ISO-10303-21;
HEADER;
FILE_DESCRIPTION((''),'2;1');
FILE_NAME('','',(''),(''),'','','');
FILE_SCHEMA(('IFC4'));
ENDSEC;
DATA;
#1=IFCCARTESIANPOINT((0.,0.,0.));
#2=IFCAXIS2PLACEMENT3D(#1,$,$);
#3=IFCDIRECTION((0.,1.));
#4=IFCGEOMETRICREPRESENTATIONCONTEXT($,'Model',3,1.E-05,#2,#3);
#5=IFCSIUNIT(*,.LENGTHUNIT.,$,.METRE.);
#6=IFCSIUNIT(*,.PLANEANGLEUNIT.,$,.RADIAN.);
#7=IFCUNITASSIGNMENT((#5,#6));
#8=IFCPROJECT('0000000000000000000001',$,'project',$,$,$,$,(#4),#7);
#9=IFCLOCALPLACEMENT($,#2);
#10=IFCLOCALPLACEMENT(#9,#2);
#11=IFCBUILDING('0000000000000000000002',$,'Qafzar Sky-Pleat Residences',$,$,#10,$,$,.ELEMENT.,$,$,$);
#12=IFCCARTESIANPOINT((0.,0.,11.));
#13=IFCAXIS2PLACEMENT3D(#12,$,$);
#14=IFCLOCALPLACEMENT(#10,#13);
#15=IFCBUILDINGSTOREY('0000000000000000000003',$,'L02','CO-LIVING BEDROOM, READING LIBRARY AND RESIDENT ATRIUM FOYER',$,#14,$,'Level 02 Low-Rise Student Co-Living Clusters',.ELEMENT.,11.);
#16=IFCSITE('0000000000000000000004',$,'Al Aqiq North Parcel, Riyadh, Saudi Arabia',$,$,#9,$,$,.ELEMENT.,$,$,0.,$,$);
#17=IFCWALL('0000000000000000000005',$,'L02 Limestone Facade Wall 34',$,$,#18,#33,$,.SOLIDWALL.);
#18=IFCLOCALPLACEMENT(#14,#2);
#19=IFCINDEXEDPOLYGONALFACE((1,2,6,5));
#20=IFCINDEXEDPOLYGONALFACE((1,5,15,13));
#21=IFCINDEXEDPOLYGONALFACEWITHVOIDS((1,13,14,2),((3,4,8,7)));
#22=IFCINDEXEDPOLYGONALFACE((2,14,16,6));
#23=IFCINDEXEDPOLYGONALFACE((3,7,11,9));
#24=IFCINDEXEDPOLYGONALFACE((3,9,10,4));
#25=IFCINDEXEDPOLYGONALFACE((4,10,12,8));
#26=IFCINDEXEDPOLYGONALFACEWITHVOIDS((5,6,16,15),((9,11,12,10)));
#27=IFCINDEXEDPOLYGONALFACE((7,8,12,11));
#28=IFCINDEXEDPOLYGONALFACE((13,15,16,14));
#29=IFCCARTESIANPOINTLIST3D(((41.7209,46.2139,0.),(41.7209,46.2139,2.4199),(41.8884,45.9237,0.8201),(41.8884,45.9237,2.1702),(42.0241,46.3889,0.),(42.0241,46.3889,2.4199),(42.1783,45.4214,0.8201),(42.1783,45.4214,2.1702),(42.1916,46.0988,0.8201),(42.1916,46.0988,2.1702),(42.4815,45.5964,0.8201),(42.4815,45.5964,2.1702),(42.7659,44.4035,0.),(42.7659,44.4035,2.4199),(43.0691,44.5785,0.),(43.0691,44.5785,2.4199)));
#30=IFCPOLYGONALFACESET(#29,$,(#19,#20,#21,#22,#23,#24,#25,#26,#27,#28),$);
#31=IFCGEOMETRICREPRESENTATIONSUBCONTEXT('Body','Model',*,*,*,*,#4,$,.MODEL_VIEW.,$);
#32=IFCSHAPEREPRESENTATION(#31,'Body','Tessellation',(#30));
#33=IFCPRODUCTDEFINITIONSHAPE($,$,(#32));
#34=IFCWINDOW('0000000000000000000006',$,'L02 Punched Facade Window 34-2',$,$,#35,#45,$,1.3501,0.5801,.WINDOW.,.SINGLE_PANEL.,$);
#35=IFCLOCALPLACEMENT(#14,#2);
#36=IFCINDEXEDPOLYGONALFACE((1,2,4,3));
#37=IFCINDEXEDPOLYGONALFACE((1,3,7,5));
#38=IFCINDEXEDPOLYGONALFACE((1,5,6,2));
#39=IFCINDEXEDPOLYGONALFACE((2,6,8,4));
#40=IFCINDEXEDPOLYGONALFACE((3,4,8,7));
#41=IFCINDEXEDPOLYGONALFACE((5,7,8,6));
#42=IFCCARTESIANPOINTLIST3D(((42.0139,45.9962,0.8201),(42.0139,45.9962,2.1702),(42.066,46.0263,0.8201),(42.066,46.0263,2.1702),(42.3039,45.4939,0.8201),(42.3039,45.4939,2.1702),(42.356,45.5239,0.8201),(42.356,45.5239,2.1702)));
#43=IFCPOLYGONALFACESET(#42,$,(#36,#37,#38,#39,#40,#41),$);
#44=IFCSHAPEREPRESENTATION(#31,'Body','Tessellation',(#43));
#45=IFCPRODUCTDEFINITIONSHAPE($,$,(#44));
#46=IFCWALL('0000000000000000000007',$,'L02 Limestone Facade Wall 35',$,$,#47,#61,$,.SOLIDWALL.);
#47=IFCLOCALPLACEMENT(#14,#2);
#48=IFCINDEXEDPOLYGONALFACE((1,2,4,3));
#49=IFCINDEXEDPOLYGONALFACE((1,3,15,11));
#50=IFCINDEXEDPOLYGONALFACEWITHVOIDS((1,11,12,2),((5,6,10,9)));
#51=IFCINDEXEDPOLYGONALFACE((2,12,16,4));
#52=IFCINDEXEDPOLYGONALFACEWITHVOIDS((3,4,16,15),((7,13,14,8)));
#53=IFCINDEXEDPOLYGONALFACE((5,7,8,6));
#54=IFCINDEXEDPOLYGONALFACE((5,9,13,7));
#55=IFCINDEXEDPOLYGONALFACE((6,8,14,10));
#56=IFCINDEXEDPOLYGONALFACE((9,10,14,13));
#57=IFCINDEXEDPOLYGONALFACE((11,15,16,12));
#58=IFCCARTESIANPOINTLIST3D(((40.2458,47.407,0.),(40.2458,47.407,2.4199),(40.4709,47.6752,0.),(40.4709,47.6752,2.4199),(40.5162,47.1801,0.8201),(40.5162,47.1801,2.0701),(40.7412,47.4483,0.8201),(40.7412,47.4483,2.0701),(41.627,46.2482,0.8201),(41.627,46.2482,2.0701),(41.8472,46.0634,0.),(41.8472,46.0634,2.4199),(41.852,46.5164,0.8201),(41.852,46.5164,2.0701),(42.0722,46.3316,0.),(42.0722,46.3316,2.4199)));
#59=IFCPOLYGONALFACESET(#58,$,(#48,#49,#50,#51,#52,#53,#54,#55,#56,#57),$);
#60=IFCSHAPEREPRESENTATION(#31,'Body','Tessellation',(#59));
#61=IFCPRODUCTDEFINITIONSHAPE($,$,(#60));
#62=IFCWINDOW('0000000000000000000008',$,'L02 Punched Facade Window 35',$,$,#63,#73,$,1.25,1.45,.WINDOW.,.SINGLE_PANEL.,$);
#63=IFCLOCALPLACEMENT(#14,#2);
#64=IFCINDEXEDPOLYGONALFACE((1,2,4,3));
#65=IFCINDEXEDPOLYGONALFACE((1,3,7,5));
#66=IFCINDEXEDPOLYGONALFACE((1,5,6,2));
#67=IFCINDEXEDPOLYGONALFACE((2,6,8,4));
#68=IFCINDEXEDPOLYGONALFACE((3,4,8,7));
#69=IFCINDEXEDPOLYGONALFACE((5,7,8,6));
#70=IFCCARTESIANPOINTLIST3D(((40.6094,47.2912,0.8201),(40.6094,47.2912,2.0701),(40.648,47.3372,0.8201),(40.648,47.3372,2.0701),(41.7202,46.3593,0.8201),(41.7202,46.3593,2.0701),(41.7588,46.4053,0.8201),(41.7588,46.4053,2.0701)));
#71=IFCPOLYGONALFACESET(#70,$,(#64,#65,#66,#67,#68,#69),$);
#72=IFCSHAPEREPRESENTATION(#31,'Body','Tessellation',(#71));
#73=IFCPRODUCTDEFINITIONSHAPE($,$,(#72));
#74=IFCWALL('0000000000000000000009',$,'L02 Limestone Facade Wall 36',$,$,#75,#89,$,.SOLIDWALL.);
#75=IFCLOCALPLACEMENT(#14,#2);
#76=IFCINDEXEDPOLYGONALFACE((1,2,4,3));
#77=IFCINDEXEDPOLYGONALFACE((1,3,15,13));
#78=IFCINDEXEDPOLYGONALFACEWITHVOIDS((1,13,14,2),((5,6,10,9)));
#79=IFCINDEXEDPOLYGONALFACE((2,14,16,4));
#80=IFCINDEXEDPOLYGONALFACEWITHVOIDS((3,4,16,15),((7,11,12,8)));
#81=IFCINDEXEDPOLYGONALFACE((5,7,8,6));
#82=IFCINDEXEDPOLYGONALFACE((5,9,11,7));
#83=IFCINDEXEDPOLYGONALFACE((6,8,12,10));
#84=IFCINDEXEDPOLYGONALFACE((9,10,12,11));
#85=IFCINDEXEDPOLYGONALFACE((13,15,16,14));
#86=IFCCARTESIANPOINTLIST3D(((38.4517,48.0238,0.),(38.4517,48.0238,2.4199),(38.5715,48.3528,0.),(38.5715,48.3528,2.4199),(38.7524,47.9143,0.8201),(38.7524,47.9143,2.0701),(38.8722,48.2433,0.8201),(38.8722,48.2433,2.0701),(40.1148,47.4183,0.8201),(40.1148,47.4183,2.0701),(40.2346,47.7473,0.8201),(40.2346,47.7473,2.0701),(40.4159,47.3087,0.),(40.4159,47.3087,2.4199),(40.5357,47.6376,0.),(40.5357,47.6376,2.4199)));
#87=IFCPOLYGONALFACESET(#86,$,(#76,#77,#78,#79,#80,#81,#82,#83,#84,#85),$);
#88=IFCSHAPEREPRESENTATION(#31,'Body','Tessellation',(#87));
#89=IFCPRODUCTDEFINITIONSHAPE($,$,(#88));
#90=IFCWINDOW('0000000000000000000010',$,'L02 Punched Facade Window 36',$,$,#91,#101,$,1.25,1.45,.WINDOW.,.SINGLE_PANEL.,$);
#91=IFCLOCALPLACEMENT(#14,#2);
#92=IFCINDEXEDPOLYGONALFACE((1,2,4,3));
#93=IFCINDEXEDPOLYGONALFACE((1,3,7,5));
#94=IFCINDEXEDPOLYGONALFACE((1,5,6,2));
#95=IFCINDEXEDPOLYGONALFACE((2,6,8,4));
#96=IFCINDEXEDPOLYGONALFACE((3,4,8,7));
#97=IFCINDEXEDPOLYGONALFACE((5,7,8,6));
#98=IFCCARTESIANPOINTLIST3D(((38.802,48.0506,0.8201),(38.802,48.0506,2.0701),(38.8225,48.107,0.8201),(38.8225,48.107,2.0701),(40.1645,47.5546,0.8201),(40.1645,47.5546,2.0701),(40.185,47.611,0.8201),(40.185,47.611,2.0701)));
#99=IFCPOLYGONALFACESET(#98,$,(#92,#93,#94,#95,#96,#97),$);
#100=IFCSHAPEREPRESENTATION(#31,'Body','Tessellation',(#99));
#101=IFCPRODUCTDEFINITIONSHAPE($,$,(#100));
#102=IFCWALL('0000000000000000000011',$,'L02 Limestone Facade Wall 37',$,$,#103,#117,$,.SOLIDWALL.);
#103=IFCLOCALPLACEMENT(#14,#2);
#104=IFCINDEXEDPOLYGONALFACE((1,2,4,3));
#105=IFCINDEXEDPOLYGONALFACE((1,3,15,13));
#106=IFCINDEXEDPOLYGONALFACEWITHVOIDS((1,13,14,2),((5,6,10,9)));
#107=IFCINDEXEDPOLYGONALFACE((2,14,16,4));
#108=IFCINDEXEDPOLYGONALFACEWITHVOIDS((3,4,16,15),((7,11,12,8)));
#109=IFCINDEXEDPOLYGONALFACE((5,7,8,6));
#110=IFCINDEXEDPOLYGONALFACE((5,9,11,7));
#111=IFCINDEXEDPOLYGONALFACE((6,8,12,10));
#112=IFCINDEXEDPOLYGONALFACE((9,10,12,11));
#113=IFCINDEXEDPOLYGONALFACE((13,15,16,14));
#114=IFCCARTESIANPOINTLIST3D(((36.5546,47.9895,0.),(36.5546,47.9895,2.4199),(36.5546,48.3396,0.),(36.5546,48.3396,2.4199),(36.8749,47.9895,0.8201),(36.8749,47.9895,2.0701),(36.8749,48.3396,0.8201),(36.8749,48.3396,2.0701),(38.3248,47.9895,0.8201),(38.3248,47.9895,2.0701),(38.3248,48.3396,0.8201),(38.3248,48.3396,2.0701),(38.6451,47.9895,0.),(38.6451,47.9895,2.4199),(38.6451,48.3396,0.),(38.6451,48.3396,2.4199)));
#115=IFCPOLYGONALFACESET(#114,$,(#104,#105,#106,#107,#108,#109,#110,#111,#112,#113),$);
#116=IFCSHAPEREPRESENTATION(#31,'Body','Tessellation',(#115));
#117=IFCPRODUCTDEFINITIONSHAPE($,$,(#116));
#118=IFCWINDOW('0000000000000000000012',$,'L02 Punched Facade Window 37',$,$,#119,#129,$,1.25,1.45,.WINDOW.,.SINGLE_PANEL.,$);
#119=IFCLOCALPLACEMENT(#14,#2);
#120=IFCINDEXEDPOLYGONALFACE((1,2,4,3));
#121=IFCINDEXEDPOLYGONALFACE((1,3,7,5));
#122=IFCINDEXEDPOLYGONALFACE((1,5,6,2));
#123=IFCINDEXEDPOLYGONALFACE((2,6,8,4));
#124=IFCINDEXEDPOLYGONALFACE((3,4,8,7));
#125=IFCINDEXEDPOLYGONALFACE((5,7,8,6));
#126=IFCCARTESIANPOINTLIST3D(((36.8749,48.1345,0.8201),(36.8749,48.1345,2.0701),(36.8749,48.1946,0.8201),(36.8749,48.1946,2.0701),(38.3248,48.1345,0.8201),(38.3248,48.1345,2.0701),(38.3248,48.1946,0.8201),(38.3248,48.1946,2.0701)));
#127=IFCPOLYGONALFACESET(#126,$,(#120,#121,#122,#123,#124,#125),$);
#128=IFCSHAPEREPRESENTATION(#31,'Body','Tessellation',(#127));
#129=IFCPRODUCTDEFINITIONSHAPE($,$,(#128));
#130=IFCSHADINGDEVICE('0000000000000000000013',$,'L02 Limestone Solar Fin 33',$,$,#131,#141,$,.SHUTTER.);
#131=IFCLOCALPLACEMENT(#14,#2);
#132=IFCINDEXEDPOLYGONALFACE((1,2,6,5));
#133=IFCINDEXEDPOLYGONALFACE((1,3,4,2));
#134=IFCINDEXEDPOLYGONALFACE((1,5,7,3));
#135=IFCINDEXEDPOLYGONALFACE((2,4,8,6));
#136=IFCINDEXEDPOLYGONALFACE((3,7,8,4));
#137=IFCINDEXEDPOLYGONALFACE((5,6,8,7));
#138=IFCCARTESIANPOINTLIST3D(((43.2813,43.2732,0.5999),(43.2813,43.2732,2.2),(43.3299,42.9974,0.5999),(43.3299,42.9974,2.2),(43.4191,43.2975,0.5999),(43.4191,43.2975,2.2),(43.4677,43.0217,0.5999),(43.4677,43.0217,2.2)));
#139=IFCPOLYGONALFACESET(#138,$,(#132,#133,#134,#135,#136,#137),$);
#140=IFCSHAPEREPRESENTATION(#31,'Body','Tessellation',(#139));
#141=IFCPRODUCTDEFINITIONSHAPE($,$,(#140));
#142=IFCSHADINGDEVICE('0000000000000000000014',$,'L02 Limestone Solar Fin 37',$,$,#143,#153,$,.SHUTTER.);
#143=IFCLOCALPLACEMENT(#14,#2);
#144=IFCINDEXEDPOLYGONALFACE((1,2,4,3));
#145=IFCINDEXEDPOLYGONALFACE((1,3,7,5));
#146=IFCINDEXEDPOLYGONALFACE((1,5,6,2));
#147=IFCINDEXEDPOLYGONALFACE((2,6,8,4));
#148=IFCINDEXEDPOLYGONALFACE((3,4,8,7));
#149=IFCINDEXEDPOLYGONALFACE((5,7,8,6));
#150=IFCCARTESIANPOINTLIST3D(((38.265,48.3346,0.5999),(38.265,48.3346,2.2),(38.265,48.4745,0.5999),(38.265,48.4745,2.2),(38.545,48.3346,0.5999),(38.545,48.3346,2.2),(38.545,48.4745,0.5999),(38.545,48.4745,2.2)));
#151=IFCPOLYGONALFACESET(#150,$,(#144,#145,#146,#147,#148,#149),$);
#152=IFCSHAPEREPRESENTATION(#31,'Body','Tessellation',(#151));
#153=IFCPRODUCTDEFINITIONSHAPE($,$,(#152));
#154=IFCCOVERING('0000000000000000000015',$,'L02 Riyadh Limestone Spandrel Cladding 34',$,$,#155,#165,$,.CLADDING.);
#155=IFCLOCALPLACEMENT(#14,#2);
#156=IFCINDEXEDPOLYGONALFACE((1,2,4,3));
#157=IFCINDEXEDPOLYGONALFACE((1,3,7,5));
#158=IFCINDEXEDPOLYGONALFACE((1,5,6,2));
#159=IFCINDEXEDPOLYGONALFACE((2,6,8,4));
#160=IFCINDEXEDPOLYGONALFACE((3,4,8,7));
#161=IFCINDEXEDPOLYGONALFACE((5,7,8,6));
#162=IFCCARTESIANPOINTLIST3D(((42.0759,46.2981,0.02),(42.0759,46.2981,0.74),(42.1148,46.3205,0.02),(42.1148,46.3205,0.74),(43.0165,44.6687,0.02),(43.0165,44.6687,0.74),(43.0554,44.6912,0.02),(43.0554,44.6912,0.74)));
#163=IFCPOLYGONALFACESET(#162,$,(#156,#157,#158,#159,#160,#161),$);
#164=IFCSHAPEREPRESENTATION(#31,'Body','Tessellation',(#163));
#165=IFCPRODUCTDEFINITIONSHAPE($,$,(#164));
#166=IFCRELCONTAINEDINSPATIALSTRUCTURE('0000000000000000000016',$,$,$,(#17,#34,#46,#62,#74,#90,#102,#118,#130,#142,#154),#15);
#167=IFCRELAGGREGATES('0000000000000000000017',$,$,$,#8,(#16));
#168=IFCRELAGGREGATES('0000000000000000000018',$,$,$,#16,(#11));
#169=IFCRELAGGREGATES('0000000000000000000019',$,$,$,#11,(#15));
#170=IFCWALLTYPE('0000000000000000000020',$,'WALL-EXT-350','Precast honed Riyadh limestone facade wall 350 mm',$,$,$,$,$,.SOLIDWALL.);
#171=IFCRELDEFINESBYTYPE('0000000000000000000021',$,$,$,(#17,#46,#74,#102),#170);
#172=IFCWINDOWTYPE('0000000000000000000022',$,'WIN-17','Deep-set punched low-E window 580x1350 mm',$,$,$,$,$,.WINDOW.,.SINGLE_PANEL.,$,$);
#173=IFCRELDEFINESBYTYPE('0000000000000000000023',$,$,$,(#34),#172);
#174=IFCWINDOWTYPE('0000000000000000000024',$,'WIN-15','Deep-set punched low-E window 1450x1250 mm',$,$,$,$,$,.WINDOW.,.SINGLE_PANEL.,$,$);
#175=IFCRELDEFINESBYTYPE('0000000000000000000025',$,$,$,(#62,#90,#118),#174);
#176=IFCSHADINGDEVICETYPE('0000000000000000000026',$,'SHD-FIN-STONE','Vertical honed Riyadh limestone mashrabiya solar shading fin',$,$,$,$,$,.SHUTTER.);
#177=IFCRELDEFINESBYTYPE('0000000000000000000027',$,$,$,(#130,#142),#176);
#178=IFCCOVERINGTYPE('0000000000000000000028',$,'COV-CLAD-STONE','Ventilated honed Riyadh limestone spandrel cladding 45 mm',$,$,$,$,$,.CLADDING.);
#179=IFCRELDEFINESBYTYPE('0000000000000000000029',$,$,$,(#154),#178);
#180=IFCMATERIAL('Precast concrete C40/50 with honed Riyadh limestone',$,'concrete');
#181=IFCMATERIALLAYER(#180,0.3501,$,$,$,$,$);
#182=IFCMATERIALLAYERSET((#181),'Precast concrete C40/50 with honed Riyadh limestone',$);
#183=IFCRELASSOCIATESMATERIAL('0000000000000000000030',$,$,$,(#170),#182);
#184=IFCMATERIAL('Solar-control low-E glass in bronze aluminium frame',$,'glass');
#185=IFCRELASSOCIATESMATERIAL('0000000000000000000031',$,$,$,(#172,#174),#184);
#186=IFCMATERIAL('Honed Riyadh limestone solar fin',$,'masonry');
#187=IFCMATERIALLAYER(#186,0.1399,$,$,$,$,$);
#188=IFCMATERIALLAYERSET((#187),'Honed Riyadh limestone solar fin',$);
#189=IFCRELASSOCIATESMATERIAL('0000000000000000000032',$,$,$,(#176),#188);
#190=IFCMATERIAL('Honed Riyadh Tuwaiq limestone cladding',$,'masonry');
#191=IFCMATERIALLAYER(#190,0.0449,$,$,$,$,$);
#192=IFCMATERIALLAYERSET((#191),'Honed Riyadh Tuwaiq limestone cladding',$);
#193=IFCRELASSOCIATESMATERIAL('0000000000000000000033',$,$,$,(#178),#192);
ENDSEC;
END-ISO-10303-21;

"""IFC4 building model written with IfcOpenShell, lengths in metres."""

from ifc_helpers import new_model, si_unit, direction, frame, frame_2d, origin, origin_2d, place, context, subcontext, project, spatial, rectangle, extrude, source, transform, mapped, material, layer, layer_set, type_object, element, fill, save


model = new_model("IFC4")

# Units and contexts
model_context = context("Model", 3, precision=1e-05, world=origin(), true_north=direction((0.0, 1.0)))
body_context = subcontext(model_context, "Body", "Model", "MODEL_VIEW")
ifc_project = project(units=[si_unit("LENGTHUNIT", "METRE"), si_unit("PLANEANGLEUNIT", "RADIAN")], contexts=[model_context])

# Site, building, storey
site_placement = place(None, origin())
site = spatial("IfcSite", under=ifc_project, at=site_placement, Name="Al Aqiq North Parcel, Riyadh, Saudi Arabia", CompositionType="ELEMENT", RefElevation=0.0)
building_placement = place(site_placement, origin())
building = spatial("IfcBuilding", under=site, at=building_placement, Name="Qafzar Sky-Pleat Residences", CompositionType="ELEMENT")
storey_placement = place(building_placement, frame((0.0, 0.0, 11.0)))
storey = spatial("IfcBuildingStorey", under=building, at=storey_placement, Name="L02", Description="CO-LIVING BEDROOM, READING LIBRARY AND RESIDENT ATRIUM FOYER", LongName="Level 02 Low-Rise Student Co-Living Clusters", CompositionType="ELEMENT", Elevation=11.0)

# Walls, openings, windows
ifc_material_1 = material(Name="Precast concrete C40/50 with honed Riyadh limestone", Category="concrete")
ifc_layer_1 = layer(ifc_material_1, 0.3501)
ifc_layer_set_1 = layer_set([ifc_layer_1], Name="Precast concrete C40/50 with honed Riyadh limestone")
wall_type_1 = type_object("IfcWallType", Name="WALL-EXT-350", Description="Precast honed Riyadh limestone facade wall 350 mm", PredefinedType="SOLIDWALL", material=ifc_layer_set_1)
ifc_material_2 = material(Name="Solar-control low-E glass in bronze aluminium frame", Category="glass")
wall_1_placement = place(storey_placement, frame((42.9175, 44.491, 0.0), z_axis=(0.0, 0.0, 1.0), x_axis=(-0.499908, 0.866079, 0.0)))
wall_1 = element("IfcWall", 1, at=wall_1_placement, inside=storey, type_object=wall_type_1, Name="L02 Limestone Facade Wall 34", PredefinedType="SOLIDWALL", context=body_context, shape_type="SweptSolid", body=[
    extrude(rectangle(XDim=2.0903, YDim=0.3501, at=frame_2d((1.0452, 0.0))), origin(), (0.0, 0.0, 1.0), 2.4199),
])
opening_1_placement = place(wall_1_placement, frame((1.1753, 0.0, 0.8201)))
opening_1 = element("IfcOpeningElement", 2, at=opening_1_placement, cuts=wall_1, PredefinedType="OPENING", context=body_context, shape_type="SweptSolid", body=[
    extrude(rectangle(XDim=0.5801, YDim=1.3501, at=frame_2d((0.29, 0.675))), frame((0.0, 0.1851, 0.0), z_axis=(0.0, -1.0, 0.0), x_axis=(1.0, 0.0, 0.0)), (0.0, 0.0, 1.0), 0.3701),
])
window_type_1 = type_object("IfcWindowType", Name="WIN-17", Description="Deep-set punched low-E window 580x1350 mm", PartitioningType="SINGLE_PANEL", PredefinedType="WINDOW", material=ifc_material_2)
shared_shape_1 = source(origin(), body_context, "Body", "SweptSolid", [
    extrude(rectangle(XDim=0.5801, YDim=1.3501, at=frame_2d((0.29, 0.675))), frame((0.0, 0.03, 0.0), z_axis=(0.0, -1.0, 0.0), x_axis=(1.0, 0.0, 0.0)), (0.0, 0.0, 1.0), 0.0601),
])
window_1_placement = place(opening_1_placement, origin())
window_1 = element("IfcWindow", 3, at=window_1_placement, inside=storey, type_object=window_type_1, Name="L02 Punched Facade Window 34-2", OverallHeight=1.3501, OverallWidth=0.5801, PartitioningType="SINGLE_PANEL", PredefinedType="WINDOW", context=body_context, shape_type="MappedRepresentation", body=[
    mapped(shared_shape_1, transform((0.0, 0.0, 0.0), x_axis=(1.0, 0.0, 0.0), y_axis=(0.0, 1.0, 0.0), z_axis=(0.0, 0.0, 1.0), scale=1.0)),
])
fill(opening_1, window_1)
wall_2_placement = place(storey_placement, frame((41.9597, 46.1975, 0.0), z_axis=(0.0, 0.0, 1.0), x_axis=(-0.766082, 0.642743, 0.0)))
wall_2 = element("IfcWall", 4, at=wall_2_placement, inside=storey, type_object=wall_type_1, Name="L02 Limestone Facade Wall 35", PredefinedType="SOLIDWALL", context=body_context, shape_type="SweptSolid", body=[
    extrude(rectangle(XDim=2.0903, YDim=0.3501, at=frame_2d((1.0452, 0.0))), origin(), (0.0, 0.0, 1.0), 2.4199),
])
opening_2_placement = place(wall_2_placement, frame((0.2874, 0.0, 0.8201)))
opening_2 = element("IfcOpeningElement", 5, at=opening_2_placement, cuts=wall_2, PredefinedType="OPENING", context=body_context, shape_type="SweptSolid", body=[
    extrude(rectangle(XDim=1.45, YDim=1.25, at=frame_2d((0.7251, 0.625))), frame((0.0, 0.1851, 0.0), z_axis=(0.0, -1.0, 0.0), x_axis=(1.0, 0.0, 0.0)), (0.0, 0.0, 1.0), 0.3701),
])
window_type_2 = type_object("IfcWindowType", Name="WIN-15", Description="Deep-set punched low-E window 1450x1250 mm", PartitioningType="SINGLE_PANEL", PredefinedType="WINDOW", material=ifc_material_2)
shared_shape_2 = source(origin(), body_context, "Body", "SweptSolid", [
    extrude(rectangle(XDim=1.45, YDim=1.25, at=frame_2d((0.7251, 0.625))), frame((0.0, 0.03, 0.0), z_axis=(0.0, -1.0, 0.0), x_axis=(1.0, 0.0, 0.0)), (0.0, 0.0, 1.0), 0.0601),
])
window_2_placement = place(opening_2_placement, origin())
window_2 = element("IfcWindow", 6, at=window_2_placement, inside=storey, type_object=window_type_2, Name="L02 Punched Facade Window 35", OverallHeight=1.25, OverallWidth=1.45, PartitioningType="SINGLE_PANEL", PredefinedType="WINDOW", context=body_context, shape_type="MappedRepresentation", body=[
    mapped(shared_shape_2, transform((0.0, 0.0, 0.0), x_axis=(1.0, 0.0, 0.0), y_axis=(0.0, 1.0, 0.0), z_axis=(0.0, 0.0, 1.0), scale=1.0)),
])
fill(opening_2, window_2)
wall_3_placement = place(storey_placement, frame((40.4758, 47.4731, 0.0), z_axis=(0.0, 0.0, 1.0), x_axis=(-0.93966, 0.342109, 0.0)))
wall_3 = element("IfcWall", 7, at=wall_3_placement, inside=storey, type_object=wall_type_1, Name="L02 Limestone Facade Wall 36", PredefinedType="SOLIDWALL", context=body_context, shape_type="SweptSolid", body=[
    extrude(rectangle(XDim=2.0903, YDim=0.3501, at=frame_2d((1.0452, 0.0))), origin(), (0.0, 0.0, 1.0), 2.4199),
])
opening_3_placement = place(wall_3_placement, frame((0.3203, 0.0, 0.8201)))
opening_3 = element("IfcOpeningElement", 8, at=opening_3_placement, cuts=wall_3, PredefinedType="OPENING", context=body_context, shape_type="SweptSolid", body=[
    extrude(rectangle(XDim=1.45, YDim=1.25, at=frame_2d((0.7251, 0.625))), frame((0.0, 0.1851, 0.0), z_axis=(0.0, -1.0, 0.0), x_axis=(1.0, 0.0, 0.0)), (0.0, 0.0, 1.0), 0.3701),
])
window_3_placement = place(opening_3_placement, origin())
window_3 = element("IfcWindow", 9, at=window_3_placement, inside=storey, type_object=window_type_2, Name="L02 Punched Facade Window 36", OverallHeight=1.25, OverallWidth=1.45, PartitioningType="SINGLE_PANEL", PredefinedType="WINDOW", context=body_context, shape_type="MappedRepresentation", body=[
    mapped(shared_shape_2, transform((0.0, 0.0, 0.0), x_axis=(1.0, 0.0, 0.0), y_axis=(0.0, 1.0, 0.0), z_axis=(0.0, 0.0, 1.0), scale=1.0)),
])
fill(opening_3, window_3)
wall_4_placement = place(storey_placement, frame((38.6453, 48.1646, 0.0), z_axis=(0.0, 0.0, 1.0), x_axis=(-1.0, 0.0, 0.0)))
wall_4 = element("IfcWall", 10, at=wall_4_placement, inside=storey, type_object=wall_type_1, Name="L02 Limestone Facade Wall 37", PredefinedType="SOLIDWALL", context=body_context, shape_type="SweptSolid", body=[
    extrude(rectangle(XDim=2.0906, YDim=0.3501, at=frame_2d((1.0454, 0.0))), origin(), (0.0, 0.0, 1.0), 2.4199),
])
opening_4_placement = place(wall_4_placement, frame((0.3203, 0.0, 0.8201)))
opening_4 = element("IfcOpeningElement", 11, at=opening_4_placement, cuts=wall_4, PredefinedType="OPENING", context=body_context, shape_type="SweptSolid", body=[
    extrude(rectangle(XDim=1.45, YDim=1.25, at=frame_2d((0.7251, 0.625))), frame((0.0, 0.1851, 0.0), z_axis=(0.0, -1.0, 0.0), x_axis=(1.0, 0.0, 0.0)), (0.0, 0.0, 1.0), 0.3701),
])
window_4_placement = place(opening_4_placement, origin())
window_4 = element("IfcWindow", 12, at=window_4_placement, inside=storey, type_object=window_type_2, Name="L02 Punched Facade Window 37", OverallHeight=1.25, OverallWidth=1.45, PartitioningType="SINGLE_PANEL", PredefinedType="WINDOW", context=body_context, shape_type="MappedRepresentation", body=[
    mapped(shared_shape_2, transform((0.0, 0.0, 0.0), x_axis=(1.0, 0.0, 0.0), y_axis=(0.0, 1.0, 0.0), z_axis=(0.0, 0.0, 1.0), scale=1.0)),
])
fill(opening_4, window_4)

# Shading devices
ifc_material_3 = material(Name="Honed Riyadh limestone solar fin", Category="masonry")
ifc_layer_2 = layer(ifc_material_3, 0.1399)
ifc_layer_set_2 = layer_set([ifc_layer_2], Name="Honed Riyadh limestone solar fin")
shading_device_type = type_object("IfcShadingDeviceType", Name="SHD-FIN-STONE", Description="Vertical honed Riyadh limestone mashrabiya solar shading fin", PredefinedType="SHUTTER", material=ifc_layer_set_2)
shared_shape_3 = source(origin(), body_context, "Body", "SweptSolid", [
    extrude(rectangle(XDim=0.1399, YDim=0.28, at=origin_2d()), origin(), (0.0, 0.0, 1.0), 1.6001),
])
for number, where, z_axis, x_axis, name in (
    (13, (43.3745, 43.1475, 0.5999), (0.0, 0.0, 1.0), (0.984806, 0.173658, 0.0), "L02 Limestone Solar Fin 33"),
    (14, (38.405, 48.4045, 0.5999), (0.0, 0.0, 1.0), (0.0, 1.0, 0.0), "L02 Limestone Solar Fin 37"),
):
    element("IfcShadingDevice", number, at=place(storey_placement, frame(where, z_axis=z_axis, x_axis=x_axis)), inside=storey, type_object=shading_device_type, Name=name, PredefinedType="SHUTTER", context=body_context, shape_type="MappedRepresentation", body=[
        mapped(shared_shape_3, transform((0.0, 0.0, 0.0), x_axis=(1.0, 0.0, 0.0), y_axis=(0.0, 1.0, 0.0), z_axis=(0.0, 0.0, 1.0), scale=1.0)),
    ])

# Covering
ifc_material_4 = material(Name="Honed Riyadh Tuwaiq limestone cladding", Category="masonry")
ifc_layer_3 = layer(ifc_material_4, 0.0449)
ifc_layer_set_3 = layer_set([ifc_layer_3], Name="Honed Riyadh Tuwaiq limestone cladding")
covering_type = type_object("IfcCoveringType", Name="COV-CLAD-STONE", Description="Ventilated honed Riyadh limestone spandrel cladding 45 mm", PredefinedType="CLADDING", material=ifc_layer_set_3)
shared_shape_4 = source(origin(), body_context, "Body", "SweptSolid", [
    extrude(rectangle(XDim=1.8813, YDim=0.0449, at=origin_2d()), origin(), (0.0, 0.0, 1.0), 0.72),
])
for number, where, z_axis, x_axis, name in (
    (15, (42.5657, 45.4946, 0.02), (0.0, 0.0, 1.0), (-0.499972, 0.866041, 0.0), "L02 Riyadh Limestone Spandrel Cladding 34"),
):
    element("IfcCovering", number, at=place(storey_placement, frame(where, z_axis=z_axis, x_axis=x_axis)), inside=storey, type_object=covering_type, Name=name, PredefinedType="CLADDING", context=body_context, shape_type="MappedRepresentation", body=[
        mapped(shared_shape_4, transform((0.0, 0.0, 0.0), x_axis=(1.0, 0.0, 0.0), y_axis=(0.0, 1.0, 0.0), z_axis=(0.0, 0.0, 1.0), scale=1.0)),
    ])

save(model, "model.ifc")
